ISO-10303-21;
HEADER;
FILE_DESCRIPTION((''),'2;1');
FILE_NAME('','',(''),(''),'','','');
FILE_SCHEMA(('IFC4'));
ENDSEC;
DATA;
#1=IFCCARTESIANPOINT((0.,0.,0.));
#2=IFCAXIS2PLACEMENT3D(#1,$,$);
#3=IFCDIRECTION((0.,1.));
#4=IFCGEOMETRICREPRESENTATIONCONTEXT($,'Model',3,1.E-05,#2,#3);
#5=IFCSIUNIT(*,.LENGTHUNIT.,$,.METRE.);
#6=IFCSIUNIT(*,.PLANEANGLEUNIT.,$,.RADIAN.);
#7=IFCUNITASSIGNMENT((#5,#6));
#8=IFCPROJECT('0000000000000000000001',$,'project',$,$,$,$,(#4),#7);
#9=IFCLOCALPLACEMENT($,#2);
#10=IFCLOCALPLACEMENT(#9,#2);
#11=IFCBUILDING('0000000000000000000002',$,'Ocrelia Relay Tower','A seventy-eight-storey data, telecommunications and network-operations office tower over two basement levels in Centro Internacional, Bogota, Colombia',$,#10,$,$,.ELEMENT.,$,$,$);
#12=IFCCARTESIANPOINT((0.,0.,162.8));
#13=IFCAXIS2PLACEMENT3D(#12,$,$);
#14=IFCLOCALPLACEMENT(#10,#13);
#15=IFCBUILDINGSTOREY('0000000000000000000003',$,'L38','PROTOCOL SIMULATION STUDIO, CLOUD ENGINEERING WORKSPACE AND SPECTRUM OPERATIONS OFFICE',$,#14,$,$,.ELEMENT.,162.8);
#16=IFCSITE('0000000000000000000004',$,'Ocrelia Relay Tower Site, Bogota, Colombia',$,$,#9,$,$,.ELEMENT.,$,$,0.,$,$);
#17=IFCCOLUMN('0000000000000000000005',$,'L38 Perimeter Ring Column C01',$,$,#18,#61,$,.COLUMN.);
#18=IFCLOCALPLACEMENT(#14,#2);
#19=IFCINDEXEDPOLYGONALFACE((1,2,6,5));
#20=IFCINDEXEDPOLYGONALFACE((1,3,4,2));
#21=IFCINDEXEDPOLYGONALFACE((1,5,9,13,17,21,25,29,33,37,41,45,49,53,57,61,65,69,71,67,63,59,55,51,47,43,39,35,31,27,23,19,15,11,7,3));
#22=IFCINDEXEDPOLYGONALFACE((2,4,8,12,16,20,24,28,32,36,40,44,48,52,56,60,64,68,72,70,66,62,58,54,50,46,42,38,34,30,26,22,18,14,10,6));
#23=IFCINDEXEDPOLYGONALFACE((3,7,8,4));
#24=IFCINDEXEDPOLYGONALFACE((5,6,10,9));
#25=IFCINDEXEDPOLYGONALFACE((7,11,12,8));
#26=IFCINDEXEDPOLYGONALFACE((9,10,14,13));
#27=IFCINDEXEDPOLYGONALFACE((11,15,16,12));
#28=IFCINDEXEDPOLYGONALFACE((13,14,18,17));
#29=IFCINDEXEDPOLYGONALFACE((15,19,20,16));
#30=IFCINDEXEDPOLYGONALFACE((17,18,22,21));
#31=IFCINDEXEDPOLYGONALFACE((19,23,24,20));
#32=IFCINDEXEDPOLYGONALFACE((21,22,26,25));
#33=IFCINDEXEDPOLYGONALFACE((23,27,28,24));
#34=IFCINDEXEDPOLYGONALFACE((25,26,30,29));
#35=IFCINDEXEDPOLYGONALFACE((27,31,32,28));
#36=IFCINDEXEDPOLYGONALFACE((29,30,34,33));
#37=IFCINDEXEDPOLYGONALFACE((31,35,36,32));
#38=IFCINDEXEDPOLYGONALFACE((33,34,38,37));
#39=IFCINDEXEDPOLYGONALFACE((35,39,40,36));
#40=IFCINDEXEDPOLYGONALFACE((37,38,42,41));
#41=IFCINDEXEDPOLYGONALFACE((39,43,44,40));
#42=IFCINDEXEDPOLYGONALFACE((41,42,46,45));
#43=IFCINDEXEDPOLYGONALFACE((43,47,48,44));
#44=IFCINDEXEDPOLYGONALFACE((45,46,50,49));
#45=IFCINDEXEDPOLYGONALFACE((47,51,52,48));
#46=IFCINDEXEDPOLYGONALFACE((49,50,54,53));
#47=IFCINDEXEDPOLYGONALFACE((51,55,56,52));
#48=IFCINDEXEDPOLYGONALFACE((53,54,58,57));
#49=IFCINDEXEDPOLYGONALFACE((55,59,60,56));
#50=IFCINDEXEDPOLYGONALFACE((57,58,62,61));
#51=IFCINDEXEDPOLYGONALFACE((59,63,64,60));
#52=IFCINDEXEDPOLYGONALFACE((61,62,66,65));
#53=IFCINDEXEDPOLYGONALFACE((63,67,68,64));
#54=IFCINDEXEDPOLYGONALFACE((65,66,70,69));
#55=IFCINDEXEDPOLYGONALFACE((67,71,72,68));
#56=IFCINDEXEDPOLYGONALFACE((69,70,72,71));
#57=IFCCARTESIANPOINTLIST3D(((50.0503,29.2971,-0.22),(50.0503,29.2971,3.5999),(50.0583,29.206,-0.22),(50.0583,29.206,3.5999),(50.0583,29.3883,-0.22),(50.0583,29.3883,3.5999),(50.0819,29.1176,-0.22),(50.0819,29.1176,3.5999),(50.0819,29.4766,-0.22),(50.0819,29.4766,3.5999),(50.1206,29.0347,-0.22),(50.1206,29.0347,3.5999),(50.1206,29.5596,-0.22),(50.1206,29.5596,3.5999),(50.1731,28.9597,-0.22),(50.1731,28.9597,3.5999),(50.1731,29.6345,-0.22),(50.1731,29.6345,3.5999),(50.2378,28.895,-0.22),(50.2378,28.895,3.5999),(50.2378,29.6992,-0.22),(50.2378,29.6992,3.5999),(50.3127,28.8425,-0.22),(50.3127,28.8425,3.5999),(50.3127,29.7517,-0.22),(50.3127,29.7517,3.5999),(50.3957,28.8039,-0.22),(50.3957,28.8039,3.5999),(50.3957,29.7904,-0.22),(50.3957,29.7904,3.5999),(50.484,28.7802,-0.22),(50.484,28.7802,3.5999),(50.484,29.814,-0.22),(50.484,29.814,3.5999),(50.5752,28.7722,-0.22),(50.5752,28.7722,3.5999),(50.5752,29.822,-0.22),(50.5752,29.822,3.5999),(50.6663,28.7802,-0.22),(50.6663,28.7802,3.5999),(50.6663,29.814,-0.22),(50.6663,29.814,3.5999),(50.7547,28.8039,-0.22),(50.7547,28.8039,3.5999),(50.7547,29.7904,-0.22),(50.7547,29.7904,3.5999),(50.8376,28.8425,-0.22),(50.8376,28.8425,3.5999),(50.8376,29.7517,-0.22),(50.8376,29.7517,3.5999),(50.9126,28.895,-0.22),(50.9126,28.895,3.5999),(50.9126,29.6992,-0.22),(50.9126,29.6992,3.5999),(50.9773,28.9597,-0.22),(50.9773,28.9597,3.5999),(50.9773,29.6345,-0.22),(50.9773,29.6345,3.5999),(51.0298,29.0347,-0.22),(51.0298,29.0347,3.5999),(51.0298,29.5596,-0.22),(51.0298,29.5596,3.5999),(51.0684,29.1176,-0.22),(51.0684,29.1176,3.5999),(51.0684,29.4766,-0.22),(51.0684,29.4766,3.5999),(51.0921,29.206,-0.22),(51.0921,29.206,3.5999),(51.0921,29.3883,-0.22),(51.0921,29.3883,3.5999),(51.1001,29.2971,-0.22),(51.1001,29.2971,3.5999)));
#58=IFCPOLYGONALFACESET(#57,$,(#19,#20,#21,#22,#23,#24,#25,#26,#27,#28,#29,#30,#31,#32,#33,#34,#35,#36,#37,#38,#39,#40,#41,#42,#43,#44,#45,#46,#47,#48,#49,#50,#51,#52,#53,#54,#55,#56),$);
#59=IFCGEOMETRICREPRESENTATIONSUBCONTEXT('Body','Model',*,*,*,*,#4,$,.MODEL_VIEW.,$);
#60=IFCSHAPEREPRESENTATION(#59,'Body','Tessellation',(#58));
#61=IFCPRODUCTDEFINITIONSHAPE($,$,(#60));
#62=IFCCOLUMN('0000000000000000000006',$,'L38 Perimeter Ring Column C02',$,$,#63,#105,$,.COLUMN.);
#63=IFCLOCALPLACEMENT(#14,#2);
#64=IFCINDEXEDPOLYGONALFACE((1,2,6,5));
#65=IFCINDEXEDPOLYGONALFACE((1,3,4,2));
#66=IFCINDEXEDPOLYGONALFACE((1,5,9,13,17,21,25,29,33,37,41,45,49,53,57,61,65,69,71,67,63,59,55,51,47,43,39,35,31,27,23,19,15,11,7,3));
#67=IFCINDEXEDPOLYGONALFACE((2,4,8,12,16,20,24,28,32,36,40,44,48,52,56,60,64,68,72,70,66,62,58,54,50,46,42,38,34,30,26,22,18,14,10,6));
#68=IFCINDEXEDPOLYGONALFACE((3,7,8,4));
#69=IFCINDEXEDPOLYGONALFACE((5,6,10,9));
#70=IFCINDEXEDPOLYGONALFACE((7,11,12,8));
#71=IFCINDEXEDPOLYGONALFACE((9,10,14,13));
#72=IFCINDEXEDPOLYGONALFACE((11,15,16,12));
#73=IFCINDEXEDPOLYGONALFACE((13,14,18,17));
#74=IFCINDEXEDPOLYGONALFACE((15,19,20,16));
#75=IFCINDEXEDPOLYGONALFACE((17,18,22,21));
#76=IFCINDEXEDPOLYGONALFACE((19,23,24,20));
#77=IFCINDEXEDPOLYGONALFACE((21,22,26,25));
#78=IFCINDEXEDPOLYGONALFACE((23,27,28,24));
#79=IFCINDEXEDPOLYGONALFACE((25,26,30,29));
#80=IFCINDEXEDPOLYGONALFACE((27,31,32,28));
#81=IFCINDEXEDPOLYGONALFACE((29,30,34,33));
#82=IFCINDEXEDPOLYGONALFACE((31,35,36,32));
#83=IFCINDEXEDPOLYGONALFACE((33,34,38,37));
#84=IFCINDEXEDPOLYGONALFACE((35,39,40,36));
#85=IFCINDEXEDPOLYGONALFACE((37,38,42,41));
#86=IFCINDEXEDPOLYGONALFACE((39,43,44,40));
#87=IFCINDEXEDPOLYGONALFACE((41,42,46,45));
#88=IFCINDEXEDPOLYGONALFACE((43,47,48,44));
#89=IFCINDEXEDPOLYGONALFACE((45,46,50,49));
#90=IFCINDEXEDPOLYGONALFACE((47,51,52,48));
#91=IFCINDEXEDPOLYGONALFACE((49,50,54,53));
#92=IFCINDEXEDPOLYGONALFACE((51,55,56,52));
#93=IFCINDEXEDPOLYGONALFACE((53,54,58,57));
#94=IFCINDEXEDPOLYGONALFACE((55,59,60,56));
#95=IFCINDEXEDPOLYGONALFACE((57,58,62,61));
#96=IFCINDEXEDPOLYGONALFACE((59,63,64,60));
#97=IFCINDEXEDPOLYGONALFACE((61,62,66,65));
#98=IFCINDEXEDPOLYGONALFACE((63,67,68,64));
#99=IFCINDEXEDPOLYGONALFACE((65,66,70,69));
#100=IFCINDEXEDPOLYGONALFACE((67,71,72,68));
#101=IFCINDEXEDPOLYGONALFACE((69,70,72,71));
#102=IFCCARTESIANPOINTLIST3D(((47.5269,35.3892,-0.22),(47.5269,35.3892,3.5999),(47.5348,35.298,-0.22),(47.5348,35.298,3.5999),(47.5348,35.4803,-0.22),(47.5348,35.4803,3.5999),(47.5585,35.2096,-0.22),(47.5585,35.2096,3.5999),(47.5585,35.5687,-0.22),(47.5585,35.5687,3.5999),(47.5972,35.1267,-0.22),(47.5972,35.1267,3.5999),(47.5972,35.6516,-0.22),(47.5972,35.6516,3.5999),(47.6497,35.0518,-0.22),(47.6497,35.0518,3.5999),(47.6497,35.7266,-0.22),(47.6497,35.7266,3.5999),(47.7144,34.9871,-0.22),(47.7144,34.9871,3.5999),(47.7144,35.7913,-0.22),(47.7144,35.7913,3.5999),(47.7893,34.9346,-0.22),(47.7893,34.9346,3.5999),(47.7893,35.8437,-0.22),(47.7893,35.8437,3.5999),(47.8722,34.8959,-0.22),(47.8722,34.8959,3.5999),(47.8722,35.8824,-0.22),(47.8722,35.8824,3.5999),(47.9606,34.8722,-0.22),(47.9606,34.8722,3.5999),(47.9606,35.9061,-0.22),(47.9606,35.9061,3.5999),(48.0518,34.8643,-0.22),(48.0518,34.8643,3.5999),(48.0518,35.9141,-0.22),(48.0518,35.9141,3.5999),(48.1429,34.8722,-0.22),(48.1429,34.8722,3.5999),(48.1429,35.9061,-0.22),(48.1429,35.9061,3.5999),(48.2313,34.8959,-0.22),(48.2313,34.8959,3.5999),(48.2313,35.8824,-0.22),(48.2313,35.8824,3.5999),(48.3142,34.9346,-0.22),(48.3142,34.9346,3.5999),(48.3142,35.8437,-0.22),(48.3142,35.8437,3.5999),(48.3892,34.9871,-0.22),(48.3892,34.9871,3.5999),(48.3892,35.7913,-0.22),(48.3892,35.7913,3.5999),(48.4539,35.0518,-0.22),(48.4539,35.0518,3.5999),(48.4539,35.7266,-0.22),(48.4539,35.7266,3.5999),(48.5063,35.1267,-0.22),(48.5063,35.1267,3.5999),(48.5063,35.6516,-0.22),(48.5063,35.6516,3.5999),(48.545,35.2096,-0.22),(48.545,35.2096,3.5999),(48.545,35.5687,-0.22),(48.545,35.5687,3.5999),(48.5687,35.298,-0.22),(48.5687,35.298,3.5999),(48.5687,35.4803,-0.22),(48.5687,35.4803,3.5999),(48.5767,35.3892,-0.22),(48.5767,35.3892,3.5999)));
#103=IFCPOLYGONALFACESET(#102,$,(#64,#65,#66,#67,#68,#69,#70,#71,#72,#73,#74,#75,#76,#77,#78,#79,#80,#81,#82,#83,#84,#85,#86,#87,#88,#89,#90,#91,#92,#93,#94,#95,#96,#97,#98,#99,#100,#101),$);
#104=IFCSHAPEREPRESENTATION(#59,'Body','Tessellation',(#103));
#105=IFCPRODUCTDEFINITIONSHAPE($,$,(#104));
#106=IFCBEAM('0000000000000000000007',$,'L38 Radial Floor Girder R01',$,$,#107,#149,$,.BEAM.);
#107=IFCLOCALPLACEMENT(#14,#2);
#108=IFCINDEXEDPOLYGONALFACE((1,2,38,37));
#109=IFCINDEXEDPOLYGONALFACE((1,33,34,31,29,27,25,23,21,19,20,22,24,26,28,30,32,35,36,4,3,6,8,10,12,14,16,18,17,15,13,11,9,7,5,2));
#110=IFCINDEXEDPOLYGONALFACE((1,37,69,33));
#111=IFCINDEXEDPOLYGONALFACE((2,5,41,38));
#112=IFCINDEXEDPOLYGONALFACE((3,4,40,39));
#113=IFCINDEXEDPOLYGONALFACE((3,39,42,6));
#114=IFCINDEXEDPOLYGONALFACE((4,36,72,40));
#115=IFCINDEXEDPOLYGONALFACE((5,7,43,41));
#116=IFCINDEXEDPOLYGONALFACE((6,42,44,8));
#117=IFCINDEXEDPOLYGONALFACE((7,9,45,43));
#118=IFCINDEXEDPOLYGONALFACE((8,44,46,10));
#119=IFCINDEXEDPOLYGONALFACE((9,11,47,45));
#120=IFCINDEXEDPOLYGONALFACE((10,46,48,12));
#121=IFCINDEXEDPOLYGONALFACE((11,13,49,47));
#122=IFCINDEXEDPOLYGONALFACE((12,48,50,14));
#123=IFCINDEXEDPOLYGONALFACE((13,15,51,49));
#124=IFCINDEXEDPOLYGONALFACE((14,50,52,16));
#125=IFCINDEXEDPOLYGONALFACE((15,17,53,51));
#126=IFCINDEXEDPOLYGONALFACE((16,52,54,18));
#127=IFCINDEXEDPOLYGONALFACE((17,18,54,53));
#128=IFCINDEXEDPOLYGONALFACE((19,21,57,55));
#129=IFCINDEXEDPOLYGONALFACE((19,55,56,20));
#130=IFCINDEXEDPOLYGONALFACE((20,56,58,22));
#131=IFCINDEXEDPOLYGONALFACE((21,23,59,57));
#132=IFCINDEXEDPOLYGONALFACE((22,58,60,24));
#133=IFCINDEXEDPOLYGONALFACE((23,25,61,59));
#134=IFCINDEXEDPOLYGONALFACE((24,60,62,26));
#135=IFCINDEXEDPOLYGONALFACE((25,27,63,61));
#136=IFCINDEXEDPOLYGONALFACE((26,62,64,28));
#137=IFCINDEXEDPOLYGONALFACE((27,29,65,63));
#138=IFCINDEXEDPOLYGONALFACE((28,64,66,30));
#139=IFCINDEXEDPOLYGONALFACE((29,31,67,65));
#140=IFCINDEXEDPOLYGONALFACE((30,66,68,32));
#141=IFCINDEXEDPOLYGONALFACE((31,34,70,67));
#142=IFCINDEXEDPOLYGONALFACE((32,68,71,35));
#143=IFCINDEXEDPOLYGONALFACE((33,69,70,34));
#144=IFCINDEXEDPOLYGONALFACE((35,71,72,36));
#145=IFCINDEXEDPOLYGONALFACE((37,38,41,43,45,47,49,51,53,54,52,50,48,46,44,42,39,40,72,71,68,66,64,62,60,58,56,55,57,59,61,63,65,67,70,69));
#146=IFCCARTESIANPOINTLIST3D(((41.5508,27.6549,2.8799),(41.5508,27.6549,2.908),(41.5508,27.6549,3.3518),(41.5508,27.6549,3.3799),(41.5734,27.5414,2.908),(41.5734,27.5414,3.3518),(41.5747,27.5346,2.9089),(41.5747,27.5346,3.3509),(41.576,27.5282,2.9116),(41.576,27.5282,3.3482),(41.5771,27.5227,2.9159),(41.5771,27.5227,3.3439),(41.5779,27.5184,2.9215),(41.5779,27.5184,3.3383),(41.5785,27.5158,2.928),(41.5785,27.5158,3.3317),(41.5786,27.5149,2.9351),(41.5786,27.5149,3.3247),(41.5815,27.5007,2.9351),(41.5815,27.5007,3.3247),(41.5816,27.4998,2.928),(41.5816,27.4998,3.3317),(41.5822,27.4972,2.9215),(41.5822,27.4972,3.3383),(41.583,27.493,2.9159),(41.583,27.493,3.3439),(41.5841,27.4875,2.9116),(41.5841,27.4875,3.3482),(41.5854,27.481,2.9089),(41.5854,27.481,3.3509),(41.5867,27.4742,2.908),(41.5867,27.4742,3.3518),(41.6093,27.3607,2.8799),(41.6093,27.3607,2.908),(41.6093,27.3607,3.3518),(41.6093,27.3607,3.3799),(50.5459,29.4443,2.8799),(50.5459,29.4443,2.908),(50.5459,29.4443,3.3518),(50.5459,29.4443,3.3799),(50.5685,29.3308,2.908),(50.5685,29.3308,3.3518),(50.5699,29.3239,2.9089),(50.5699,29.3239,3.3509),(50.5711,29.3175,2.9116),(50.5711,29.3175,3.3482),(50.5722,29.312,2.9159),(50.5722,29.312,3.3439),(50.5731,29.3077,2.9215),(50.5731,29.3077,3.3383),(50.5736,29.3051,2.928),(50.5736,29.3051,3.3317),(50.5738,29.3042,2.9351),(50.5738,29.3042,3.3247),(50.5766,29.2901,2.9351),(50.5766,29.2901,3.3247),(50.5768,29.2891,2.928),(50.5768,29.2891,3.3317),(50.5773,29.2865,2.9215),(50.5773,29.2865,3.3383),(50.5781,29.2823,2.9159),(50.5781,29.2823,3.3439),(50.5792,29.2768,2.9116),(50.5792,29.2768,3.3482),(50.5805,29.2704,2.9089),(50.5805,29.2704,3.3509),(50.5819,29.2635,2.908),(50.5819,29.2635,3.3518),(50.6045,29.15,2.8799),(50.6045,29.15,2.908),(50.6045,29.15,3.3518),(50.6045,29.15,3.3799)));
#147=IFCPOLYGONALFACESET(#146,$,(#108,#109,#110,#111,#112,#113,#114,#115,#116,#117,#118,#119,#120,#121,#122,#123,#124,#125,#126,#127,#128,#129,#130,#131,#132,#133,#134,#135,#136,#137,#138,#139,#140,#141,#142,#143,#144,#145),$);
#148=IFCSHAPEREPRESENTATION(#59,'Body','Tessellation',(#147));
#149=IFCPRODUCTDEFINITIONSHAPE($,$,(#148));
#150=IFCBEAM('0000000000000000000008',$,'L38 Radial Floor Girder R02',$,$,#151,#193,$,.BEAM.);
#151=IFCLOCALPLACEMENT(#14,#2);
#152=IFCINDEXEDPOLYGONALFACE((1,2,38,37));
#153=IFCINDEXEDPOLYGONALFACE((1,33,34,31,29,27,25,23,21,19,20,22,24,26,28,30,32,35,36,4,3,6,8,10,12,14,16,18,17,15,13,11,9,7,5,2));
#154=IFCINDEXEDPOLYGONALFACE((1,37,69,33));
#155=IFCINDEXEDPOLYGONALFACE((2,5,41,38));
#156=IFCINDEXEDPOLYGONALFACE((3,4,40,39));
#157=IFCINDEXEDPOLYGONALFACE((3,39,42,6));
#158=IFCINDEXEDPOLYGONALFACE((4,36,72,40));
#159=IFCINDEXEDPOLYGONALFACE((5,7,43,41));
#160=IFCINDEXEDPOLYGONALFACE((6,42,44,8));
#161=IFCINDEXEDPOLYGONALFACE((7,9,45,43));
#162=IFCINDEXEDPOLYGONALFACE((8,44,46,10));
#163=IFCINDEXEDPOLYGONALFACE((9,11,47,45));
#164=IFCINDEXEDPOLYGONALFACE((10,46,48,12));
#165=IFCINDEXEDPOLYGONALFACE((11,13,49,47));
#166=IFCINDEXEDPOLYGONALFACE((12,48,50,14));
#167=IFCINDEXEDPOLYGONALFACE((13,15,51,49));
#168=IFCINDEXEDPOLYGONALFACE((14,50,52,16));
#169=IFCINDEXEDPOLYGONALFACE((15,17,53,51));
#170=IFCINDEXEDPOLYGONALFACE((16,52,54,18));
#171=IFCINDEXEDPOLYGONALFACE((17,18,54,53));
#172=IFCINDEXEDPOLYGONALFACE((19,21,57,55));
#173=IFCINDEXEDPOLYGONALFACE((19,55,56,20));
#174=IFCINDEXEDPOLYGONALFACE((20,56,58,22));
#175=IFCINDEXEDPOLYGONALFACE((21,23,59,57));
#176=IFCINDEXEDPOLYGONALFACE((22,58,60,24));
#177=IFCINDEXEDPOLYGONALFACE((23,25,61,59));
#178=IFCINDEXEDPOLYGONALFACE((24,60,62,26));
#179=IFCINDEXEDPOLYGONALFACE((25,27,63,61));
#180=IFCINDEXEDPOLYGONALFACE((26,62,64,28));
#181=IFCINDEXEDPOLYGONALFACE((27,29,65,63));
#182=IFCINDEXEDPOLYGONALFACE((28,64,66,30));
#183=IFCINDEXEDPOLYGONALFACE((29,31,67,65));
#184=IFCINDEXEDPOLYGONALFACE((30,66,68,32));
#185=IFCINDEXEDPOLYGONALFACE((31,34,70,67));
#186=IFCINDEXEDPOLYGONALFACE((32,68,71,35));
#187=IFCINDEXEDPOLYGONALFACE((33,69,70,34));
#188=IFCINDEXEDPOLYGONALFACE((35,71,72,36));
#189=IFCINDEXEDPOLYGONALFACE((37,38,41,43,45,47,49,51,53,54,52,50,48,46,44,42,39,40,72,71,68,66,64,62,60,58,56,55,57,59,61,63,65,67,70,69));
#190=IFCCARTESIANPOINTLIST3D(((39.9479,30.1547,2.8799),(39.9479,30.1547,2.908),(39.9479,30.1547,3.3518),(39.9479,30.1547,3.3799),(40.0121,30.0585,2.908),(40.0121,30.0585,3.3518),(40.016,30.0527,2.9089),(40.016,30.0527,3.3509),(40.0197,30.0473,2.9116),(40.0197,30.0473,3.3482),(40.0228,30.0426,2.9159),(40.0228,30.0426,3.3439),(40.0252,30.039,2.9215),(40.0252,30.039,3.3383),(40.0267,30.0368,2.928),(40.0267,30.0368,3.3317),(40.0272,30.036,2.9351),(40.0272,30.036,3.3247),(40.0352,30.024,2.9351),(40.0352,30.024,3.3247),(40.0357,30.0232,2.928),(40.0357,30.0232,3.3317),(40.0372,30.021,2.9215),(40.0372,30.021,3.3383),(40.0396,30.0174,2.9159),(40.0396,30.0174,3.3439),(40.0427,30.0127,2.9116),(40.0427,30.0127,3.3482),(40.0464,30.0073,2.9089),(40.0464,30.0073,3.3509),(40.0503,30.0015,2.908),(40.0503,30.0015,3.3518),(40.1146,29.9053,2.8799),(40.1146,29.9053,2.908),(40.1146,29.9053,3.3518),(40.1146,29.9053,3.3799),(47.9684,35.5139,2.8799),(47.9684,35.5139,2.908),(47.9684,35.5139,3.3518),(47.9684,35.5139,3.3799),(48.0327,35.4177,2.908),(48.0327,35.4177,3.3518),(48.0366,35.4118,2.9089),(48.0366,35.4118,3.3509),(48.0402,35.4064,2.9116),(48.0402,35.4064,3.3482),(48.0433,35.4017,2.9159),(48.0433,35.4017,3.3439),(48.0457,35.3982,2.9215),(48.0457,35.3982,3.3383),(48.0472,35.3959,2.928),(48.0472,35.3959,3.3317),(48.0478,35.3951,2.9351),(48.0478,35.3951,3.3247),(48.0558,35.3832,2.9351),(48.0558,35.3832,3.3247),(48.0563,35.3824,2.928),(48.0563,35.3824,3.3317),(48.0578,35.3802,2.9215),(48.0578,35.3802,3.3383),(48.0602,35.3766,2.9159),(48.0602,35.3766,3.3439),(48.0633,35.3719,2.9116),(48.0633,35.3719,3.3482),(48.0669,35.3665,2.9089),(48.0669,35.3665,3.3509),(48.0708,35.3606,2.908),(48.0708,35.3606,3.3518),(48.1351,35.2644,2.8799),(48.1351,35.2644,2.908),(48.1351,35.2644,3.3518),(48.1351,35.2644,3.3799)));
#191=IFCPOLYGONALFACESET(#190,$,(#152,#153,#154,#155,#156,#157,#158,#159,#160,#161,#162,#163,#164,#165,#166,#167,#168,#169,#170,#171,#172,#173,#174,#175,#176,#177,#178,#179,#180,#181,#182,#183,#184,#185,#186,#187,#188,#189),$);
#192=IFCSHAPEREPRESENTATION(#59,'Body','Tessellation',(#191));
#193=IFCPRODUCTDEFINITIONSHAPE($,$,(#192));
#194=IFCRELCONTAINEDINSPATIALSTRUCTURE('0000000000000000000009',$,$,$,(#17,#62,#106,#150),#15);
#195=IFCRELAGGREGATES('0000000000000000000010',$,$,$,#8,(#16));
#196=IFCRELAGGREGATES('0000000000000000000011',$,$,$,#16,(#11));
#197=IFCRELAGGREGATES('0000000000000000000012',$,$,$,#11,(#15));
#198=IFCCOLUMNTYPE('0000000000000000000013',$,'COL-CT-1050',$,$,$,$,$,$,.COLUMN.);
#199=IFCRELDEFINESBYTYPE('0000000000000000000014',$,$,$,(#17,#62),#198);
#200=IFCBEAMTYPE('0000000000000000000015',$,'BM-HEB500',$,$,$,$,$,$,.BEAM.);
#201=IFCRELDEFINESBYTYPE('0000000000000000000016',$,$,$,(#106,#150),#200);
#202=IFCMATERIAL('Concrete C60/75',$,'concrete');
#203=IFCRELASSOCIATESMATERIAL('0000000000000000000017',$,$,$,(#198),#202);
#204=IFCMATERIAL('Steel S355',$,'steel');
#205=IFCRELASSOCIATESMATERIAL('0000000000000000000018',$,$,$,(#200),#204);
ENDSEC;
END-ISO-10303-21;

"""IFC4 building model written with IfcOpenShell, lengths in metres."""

from ifc_helpers import new_model, si_unit, direction, frame, origin, origin_2d, place, context, subcontext, project, spatial, circle, i_section, extrude, material, material_profile, profile_set, type_object, element, save


model = new_model("IFC4")

# Units and contexts
model_context = context("Model", 3, precision=1e-05, world=origin(), true_north=direction((0.0, 1.0)))
body_context = subcontext(model_context, "Body", "Model", "MODEL_VIEW")
ifc_project = project(units=[si_unit("LENGTHUNIT", "METRE"), si_unit("PLANEANGLEUNIT", "RADIAN")], contexts=[model_context])

# Site, building, storey
site_placement = place(None, origin())
site = spatial("IfcSite", under=ifc_project, at=site_placement, Name="Ocrelia Relay Tower Site, Bogota, Colombia", CompositionType="ELEMENT", RefElevation=0.0)
building_placement = place(site_placement, origin())
building = spatial("IfcBuilding", under=site, at=building_placement, Name="Ocrelia Relay Tower", Description="A seventy-eight-storey data, telecommunications and network-operations office tower over two basement levels in Centro Internacional, Bogota, Colombia", CompositionType="ELEMENT")
storey_placement = place(building_placement, frame((0.0, 0.0, 162.8)))
storey = spatial("IfcBuildingStorey", under=building, at=storey_placement, Name="L38", Description="PROTOCOL SIMULATION STUDIO, CLOUD ENGINEERING WORKSPACE AND SPECTRUM OPERATIONS OFFICE", CompositionType="ELEMENT", Elevation=162.8)

# Columns
ifc_material_1 = material(Name="Concrete C60/75", Category="concrete")
ifc_material_profile_1 = material_profile(ifc_material_1, circle(Radius=0.5249, at=origin_2d()), Name="RC-CIR-1050")
ifc_profile_set_1 = profile_set([ifc_material_profile_1], Name="Concrete C60/75")
column_type = type_object("IfcColumnType", Name="COL-CT-1050", PredefinedType="COLUMN", material=ifc_profile_set_1)
for number, where, z_axis, x_axis, name in (
    (1, (50.5752, 29.2971, -0.22), (0.0, 0.0, 1.0), (1.0, 0.0, 0.0), "L38 Perimeter Ring Column C01"),
    (2, (48.0518, 35.3892, -0.22), (0.0, 0.0, 1.0), (1.0, 0.0, 0.0), "L38 Perimeter Ring Column C02"),
):
    element("IfcColumn", number, at=place(storey_placement, frame(where, z_axis=z_axis, x_axis=x_axis)), inside=storey, type_object=column_type, Name=name, PredefinedType="COLUMN", context=body_context, shape_type="SweptSolid", body=[
        extrude(circle(Radius=0.5249, at=origin_2d()), origin(), (0.0, 0.0, 1.0), 3.8198),
    ])

# Beams
ifc_material_2 = material(Name="Steel S355", Category="steel")
ifc_material_profile_2 = material_profile(ifc_material_2, i_section(OverallWidth=0.3, OverallDepth=0.5, WebThickness=0.0144, FlangeThickness=0.0281, FilletRadius=0.0271, at=origin_2d()), Name="HEB 500")
ifc_profile_set_2 = profile_set([ifc_material_profile_2], Name="Steel S355")
beam_type_1 = type_object("IfcBeamType", Name="BM-HEB500", PredefinedType="BEAM", material=ifc_profile_set_2)
beam_1_placement = place(storey_placement, frame((50.5752, 29.2971, 3.1299), z_axis=(-0.980784, -0.195097, 0.0), x_axis=(0.195097, -0.980784, 0.0)))
element("IfcBeam", 3, at=beam_1_placement, inside=storey, type_object=beam_type_1, Name="L38 Radial Floor Girder R01", PredefinedType="BEAM", context=body_context, shape_type="SweptSolid", body=[
    extrude(i_section(OverallWidth=0.3, OverallDepth=0.5, WebThickness=0.0144, FlangeThickness=0.0281, FilletRadius=0.0271, at=origin_2d()), origin(), (0.0, 0.0, 1.0), 9.1714),
])
beam_2_placement = place(storey_placement, frame((48.0518, 35.3892, 3.1299), z_axis=(-0.83147, -0.55557, 0.0), x_axis=(0.55557, -0.83147, 0.0)))
element("IfcBeam", 4, at=beam_2_placement, inside=storey, type_object=beam_type_1, Name="L38 Radial Floor Girder R02", PredefinedType="BEAM", context=body_context, shape_type="SweptSolid", body=[
    extrude(i_section(OverallWidth=0.3, OverallDepth=0.5, WebThickness=0.0144, FlangeThickness=0.0281, FilletRadius=0.0271, at=origin_2d()), origin(), (0.0, 0.0, 1.0), 9.6462),
])

save(model, "model.ifc")
